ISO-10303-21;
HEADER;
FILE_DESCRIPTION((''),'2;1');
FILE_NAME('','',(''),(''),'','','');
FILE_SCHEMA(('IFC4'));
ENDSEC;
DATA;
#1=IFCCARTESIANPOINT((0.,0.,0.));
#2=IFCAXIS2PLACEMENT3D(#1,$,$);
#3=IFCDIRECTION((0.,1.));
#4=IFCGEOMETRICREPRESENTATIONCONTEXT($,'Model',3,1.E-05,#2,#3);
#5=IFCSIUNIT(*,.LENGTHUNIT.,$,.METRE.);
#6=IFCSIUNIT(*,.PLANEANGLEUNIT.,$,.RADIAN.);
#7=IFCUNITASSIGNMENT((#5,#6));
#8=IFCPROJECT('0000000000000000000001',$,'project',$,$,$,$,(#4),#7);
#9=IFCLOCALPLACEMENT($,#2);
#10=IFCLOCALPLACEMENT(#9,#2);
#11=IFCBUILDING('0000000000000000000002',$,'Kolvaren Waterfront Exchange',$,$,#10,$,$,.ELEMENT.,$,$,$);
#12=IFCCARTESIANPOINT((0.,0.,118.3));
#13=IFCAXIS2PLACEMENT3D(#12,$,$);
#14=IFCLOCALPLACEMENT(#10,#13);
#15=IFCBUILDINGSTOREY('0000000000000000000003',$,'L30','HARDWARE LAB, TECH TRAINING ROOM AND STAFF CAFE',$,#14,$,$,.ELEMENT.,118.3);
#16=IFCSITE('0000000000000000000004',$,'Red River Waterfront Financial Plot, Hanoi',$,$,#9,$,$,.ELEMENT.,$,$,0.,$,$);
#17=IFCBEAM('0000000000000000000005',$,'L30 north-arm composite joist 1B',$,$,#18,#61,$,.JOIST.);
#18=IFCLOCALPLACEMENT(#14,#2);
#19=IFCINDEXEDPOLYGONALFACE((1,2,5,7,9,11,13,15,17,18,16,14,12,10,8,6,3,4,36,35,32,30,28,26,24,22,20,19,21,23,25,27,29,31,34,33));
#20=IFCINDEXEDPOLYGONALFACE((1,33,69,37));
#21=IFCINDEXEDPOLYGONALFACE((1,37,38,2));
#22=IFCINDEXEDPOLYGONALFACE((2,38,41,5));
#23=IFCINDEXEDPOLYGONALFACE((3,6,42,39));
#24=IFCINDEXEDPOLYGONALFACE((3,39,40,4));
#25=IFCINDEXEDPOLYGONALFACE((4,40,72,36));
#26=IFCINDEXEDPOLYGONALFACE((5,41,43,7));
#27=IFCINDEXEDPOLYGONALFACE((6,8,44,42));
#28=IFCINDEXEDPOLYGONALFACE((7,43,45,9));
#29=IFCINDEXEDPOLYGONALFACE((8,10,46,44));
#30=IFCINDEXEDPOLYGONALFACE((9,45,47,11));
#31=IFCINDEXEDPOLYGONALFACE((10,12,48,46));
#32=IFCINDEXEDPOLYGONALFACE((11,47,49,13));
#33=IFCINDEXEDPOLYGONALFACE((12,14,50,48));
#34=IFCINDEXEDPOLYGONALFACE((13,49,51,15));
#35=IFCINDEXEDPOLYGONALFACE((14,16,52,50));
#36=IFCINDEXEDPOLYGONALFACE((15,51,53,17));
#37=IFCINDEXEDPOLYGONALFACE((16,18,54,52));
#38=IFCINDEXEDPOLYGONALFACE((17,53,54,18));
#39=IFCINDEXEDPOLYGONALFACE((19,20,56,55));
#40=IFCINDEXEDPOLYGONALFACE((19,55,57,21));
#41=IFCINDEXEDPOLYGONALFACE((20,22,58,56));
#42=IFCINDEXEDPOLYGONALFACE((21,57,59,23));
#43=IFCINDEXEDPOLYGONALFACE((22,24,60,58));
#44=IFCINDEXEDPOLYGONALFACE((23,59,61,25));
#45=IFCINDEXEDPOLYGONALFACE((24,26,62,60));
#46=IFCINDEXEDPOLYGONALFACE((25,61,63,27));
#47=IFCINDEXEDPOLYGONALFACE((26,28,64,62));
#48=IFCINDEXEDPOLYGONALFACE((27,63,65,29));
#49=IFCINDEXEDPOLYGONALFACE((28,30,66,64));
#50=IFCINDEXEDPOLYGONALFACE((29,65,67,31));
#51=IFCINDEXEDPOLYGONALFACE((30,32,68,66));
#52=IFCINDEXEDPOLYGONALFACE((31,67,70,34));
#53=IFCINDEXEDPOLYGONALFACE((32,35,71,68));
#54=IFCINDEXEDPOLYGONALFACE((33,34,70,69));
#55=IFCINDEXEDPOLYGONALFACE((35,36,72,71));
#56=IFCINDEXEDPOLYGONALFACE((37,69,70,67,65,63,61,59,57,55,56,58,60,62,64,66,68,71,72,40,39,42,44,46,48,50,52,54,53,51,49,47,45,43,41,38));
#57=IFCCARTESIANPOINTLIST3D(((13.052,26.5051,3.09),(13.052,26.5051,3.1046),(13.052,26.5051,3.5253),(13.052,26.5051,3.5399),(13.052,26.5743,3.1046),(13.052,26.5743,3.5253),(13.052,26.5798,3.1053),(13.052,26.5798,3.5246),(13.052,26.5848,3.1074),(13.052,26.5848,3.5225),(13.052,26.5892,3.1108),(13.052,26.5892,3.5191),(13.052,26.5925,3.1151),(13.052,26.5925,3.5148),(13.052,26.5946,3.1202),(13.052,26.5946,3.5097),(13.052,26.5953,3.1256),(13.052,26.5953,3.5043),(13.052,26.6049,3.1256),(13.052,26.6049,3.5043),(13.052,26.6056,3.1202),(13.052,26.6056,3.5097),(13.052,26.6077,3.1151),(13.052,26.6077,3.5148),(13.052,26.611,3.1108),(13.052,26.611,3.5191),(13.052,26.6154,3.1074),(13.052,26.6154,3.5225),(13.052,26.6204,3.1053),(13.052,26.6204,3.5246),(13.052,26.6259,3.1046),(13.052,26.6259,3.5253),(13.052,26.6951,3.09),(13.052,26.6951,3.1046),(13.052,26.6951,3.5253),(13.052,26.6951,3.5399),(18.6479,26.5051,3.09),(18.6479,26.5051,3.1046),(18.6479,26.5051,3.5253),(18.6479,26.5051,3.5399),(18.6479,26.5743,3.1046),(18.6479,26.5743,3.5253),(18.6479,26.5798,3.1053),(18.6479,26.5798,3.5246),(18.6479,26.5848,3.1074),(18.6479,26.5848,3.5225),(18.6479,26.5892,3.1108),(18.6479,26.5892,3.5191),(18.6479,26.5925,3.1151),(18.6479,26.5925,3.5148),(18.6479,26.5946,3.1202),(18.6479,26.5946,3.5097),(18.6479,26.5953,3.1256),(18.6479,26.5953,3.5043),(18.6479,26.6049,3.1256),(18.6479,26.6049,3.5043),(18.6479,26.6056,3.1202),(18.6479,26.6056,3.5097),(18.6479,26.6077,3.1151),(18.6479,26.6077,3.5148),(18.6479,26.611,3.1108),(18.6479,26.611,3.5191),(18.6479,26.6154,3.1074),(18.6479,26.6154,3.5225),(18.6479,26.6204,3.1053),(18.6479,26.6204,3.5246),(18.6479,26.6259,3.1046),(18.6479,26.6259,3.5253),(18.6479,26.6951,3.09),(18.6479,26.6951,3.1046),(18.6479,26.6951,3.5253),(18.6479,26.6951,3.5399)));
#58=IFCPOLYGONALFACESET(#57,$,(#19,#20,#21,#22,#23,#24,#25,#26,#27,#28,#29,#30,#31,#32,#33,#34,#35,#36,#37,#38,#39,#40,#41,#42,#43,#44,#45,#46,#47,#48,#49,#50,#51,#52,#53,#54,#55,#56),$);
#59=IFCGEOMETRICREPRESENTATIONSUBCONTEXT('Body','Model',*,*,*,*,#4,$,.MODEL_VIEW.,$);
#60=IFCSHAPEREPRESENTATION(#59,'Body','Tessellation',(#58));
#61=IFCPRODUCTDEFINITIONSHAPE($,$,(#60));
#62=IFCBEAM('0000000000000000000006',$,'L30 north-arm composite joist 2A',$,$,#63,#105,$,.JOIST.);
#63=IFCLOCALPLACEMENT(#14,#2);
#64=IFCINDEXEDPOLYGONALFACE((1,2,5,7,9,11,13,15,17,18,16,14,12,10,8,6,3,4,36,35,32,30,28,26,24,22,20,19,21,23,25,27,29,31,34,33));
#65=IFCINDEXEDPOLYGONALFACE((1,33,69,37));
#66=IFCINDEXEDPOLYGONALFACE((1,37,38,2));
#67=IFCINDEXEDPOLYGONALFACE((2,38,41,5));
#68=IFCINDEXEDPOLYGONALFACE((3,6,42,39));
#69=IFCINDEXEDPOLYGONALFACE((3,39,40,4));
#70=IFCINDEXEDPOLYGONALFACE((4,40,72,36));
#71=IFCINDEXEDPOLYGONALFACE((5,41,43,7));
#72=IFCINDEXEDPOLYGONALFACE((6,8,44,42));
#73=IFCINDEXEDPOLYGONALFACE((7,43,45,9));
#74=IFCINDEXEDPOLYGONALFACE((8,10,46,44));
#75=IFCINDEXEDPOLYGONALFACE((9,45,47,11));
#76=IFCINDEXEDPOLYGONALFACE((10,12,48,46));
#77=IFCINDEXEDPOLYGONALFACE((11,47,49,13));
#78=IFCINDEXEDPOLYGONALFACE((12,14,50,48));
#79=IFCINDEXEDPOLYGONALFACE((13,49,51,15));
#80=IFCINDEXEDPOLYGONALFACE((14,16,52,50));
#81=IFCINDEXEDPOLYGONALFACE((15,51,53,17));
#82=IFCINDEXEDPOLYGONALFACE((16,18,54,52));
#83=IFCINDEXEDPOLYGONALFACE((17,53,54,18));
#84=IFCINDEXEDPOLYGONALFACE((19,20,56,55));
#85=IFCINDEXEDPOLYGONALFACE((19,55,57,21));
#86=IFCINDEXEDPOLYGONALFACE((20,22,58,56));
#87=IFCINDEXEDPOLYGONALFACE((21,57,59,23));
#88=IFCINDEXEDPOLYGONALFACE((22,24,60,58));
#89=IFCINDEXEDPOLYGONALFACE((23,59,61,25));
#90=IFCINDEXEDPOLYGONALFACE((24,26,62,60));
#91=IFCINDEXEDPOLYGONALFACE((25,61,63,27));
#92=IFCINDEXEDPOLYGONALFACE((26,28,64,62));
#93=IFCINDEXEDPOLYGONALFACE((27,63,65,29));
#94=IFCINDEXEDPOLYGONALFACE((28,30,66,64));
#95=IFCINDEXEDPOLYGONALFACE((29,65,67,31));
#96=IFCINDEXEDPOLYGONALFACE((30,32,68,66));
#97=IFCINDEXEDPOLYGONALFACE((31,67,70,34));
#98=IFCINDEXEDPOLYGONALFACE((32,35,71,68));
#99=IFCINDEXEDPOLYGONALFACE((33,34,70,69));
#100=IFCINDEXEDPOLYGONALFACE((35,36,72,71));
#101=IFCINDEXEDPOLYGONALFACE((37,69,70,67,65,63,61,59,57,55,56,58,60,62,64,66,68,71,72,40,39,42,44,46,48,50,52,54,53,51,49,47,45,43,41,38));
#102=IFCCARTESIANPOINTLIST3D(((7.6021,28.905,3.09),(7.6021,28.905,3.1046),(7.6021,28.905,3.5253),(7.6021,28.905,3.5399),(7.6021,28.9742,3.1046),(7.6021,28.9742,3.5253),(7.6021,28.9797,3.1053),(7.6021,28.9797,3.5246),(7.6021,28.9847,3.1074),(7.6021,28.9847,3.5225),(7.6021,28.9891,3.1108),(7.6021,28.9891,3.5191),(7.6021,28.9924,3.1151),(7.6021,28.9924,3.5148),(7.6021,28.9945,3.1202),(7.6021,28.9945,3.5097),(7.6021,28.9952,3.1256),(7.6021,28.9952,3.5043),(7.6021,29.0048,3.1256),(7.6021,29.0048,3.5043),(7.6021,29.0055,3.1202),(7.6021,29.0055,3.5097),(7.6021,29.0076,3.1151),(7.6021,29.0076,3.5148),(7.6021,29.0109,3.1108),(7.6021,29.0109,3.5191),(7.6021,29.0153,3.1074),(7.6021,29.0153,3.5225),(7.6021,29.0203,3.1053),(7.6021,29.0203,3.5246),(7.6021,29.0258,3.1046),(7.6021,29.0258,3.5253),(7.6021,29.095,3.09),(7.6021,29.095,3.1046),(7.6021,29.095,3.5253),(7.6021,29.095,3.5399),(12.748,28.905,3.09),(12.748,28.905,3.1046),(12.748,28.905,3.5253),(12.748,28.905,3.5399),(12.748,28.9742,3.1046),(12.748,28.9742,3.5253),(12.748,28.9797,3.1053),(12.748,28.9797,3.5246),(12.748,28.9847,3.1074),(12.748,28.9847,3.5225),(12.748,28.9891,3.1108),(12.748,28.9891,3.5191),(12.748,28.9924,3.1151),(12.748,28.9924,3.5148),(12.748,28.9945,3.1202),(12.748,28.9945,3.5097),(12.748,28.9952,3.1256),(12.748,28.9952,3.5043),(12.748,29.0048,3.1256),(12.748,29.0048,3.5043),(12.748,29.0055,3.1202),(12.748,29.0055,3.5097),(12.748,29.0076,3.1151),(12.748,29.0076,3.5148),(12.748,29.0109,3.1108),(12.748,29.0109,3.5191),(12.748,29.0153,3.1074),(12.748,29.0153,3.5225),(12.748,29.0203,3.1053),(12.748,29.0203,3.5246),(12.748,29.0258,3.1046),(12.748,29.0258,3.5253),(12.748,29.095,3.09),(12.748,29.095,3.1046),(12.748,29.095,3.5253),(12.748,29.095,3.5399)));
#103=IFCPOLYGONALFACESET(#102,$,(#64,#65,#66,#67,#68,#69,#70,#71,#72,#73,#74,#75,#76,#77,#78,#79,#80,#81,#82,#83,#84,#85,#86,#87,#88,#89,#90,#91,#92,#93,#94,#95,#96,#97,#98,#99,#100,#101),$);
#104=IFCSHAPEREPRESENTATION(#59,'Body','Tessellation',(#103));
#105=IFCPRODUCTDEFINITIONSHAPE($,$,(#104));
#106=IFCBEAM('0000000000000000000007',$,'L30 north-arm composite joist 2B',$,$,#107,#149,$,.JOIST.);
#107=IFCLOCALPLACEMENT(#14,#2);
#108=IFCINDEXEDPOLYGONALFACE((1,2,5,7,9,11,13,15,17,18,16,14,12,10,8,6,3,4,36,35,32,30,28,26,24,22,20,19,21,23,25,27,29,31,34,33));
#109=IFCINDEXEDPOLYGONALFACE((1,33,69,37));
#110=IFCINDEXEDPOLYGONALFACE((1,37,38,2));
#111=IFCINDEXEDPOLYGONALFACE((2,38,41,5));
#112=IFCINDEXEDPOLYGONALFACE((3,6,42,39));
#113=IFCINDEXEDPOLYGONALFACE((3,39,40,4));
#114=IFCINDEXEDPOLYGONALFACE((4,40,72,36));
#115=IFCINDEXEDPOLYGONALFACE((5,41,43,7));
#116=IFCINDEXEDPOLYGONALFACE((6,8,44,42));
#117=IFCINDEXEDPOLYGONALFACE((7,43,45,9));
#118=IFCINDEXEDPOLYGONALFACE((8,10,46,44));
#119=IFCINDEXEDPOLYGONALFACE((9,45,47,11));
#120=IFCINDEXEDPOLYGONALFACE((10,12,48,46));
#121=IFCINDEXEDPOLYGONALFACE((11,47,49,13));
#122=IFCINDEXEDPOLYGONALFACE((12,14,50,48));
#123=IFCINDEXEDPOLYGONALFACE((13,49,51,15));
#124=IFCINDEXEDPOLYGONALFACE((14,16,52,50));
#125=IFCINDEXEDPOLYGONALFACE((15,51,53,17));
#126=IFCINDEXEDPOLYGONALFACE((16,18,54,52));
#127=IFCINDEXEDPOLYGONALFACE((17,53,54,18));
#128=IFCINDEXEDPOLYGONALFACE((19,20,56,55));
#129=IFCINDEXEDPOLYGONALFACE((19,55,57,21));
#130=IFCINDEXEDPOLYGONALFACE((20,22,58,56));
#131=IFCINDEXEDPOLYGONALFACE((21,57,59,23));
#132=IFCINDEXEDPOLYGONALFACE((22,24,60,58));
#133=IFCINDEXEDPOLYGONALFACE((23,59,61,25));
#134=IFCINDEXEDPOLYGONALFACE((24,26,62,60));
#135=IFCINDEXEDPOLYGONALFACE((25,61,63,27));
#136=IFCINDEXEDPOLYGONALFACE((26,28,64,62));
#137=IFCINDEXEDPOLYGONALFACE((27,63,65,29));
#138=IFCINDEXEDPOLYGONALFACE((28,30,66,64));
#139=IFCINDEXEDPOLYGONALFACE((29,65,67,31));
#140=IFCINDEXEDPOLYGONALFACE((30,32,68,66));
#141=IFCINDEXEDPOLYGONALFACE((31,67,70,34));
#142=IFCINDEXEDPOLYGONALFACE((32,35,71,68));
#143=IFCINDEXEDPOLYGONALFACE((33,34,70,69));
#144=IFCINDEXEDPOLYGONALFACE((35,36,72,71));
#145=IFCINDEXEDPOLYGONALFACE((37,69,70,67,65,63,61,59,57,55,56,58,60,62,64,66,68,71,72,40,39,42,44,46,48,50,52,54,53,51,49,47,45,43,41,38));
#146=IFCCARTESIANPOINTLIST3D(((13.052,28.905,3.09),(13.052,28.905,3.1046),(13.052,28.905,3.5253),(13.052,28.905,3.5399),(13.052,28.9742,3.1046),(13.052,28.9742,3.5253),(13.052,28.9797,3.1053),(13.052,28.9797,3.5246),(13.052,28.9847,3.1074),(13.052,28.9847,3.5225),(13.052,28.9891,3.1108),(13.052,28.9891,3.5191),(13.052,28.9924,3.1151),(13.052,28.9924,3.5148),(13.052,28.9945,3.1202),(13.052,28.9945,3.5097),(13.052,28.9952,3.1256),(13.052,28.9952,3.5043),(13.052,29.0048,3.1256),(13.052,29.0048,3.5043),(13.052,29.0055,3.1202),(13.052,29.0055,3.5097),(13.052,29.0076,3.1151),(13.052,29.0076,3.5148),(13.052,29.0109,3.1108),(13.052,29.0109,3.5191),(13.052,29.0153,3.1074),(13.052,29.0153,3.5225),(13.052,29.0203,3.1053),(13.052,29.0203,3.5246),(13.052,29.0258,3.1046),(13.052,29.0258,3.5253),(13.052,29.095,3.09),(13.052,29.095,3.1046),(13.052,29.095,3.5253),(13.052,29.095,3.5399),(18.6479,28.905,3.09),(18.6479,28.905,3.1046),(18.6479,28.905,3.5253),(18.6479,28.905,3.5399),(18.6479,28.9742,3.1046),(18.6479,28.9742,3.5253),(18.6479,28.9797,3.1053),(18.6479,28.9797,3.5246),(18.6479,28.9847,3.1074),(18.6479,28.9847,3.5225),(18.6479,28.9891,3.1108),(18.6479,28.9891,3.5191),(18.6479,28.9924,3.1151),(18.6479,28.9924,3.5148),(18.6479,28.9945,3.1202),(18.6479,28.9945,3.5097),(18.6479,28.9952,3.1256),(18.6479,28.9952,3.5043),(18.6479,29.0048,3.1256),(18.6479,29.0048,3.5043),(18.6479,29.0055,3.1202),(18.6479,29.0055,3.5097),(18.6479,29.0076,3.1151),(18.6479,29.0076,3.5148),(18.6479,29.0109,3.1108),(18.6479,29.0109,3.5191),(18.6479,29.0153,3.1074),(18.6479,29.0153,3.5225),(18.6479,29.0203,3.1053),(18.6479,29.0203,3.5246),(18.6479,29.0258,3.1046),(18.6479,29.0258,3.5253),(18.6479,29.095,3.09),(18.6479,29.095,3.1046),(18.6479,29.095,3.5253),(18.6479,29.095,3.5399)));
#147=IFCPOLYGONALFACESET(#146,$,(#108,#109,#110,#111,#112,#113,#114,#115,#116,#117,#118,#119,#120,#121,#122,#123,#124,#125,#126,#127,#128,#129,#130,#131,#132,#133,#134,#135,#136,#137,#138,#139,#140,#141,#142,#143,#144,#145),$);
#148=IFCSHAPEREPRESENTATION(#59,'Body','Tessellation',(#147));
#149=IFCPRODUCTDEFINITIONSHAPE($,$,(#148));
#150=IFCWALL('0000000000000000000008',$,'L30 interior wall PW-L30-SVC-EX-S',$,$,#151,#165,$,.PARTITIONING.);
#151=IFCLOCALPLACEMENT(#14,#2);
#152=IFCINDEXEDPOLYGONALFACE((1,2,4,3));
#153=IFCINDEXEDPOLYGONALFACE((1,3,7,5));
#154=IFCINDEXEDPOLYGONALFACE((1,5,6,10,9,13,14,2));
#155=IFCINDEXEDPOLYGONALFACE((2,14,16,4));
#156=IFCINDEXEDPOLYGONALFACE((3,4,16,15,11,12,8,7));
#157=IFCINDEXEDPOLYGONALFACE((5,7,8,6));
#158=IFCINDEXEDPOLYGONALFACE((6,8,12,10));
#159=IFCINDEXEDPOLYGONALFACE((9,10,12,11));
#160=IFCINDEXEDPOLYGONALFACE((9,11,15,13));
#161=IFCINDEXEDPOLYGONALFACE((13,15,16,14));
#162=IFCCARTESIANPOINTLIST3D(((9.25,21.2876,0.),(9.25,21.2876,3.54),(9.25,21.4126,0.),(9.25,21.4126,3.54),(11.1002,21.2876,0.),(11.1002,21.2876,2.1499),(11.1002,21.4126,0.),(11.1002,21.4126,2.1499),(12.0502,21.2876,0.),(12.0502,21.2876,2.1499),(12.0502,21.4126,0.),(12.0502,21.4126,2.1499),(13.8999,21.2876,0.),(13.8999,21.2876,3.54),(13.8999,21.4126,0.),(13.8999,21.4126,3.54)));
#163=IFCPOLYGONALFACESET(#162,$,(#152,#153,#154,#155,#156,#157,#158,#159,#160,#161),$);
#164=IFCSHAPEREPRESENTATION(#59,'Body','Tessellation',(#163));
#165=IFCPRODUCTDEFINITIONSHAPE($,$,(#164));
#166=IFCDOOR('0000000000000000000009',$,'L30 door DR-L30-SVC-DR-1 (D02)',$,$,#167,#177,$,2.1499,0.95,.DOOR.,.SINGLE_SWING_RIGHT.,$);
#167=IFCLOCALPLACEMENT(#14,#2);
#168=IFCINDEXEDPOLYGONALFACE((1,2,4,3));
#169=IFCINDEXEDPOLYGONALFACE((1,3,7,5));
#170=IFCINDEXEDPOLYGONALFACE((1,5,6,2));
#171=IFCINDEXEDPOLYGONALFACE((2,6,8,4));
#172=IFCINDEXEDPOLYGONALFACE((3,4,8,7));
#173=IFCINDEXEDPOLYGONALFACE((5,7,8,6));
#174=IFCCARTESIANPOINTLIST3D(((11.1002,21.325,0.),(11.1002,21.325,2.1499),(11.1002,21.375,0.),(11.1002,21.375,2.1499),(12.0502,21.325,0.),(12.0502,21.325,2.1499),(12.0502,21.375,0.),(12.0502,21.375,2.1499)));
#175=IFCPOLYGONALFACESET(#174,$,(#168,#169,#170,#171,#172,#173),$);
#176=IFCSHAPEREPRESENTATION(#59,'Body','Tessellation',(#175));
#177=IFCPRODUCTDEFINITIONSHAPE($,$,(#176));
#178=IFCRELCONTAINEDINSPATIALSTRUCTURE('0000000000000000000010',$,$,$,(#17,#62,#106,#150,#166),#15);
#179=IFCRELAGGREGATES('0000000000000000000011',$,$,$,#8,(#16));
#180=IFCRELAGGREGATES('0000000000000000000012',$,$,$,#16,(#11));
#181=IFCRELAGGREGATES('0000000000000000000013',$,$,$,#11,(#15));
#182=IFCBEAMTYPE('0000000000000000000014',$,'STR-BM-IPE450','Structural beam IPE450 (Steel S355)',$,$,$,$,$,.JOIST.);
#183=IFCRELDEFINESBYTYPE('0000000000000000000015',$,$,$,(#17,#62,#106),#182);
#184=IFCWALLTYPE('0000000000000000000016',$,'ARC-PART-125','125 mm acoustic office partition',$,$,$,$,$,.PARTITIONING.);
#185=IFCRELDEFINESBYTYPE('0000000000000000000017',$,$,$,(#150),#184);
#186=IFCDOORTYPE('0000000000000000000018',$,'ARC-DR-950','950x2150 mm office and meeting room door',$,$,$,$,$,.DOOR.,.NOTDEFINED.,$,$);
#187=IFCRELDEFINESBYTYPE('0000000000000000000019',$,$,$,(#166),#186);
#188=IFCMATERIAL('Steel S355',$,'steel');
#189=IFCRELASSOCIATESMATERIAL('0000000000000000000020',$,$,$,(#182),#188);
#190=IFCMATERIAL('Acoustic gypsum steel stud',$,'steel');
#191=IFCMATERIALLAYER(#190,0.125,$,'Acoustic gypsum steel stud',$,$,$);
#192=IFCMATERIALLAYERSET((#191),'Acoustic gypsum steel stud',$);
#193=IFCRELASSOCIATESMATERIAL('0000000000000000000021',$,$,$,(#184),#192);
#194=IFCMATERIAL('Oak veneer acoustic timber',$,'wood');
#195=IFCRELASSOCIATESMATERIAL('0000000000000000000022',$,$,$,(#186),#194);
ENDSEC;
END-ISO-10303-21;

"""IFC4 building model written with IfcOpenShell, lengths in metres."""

from ifc_helpers import new_model, si_unit, direction, frame, frame_2d, origin, origin_2d, place, context, subcontext, project, spatial, rectangle, i_section, extrude, material, layer, layer_set, material_profile, profile_set, type_object, element, fill, save


model = new_model("IFC4")

# Units and contexts
model_context = context("Model", 3, precision=1e-05, world=origin(), true_north=direction((0.0, 1.0)))
body_context = subcontext(model_context, "Body", "Model", "MODEL_VIEW")
ifc_project = project(units=[si_unit("LENGTHUNIT", "METRE"), si_unit("PLANEANGLEUNIT", "RADIAN")], contexts=[model_context])

# Site, building, storey
site_placement = place(None, origin())
site = spatial("IfcSite", under=ifc_project, at=site_placement, Name="Red River Waterfront Financial Plot, Hanoi", CompositionType="ELEMENT", RefElevation=0.0)
building_placement = place(site_placement, origin())
building = spatial("IfcBuilding", under=site, at=building_placement, Name="Kolvaren Waterfront Exchange", CompositionType="ELEMENT")
storey_placement = place(building_placement, frame((0.0, 0.0, 118.3)))
storey = spatial("IfcBuildingStorey", under=building, at=storey_placement, Name="L30", Description="HARDWARE LAB, TECH TRAINING ROOM AND STAFF CAFE", CompositionType="ELEMENT", Elevation=118.3)

# Beams
ifc_material_1 = material(Name="Steel S355", Category="steel")
ifc_material_profile_1 = material_profile(ifc_material_1, i_section(OverallWidth=0.1899, OverallDepth=0.45, WebThickness=0.0095, FlangeThickness=0.0146, FilletRadius=0.021, at=origin_2d()), Name="IPE450")
ifc_profile_set_1 = profile_set([ifc_material_profile_1], Name="Steel S355")
beam_type_1 = type_object("IfcBeamType", Name="STR-BM-IPE450", Description="Structural beam IPE450 (Steel S355)", PredefinedType="JOIST", material=ifc_profile_set_1)
beam_1_placement = place(storey_placement, frame((13.052, 26.6001, 3.3149), z_axis=(1.0, 0.0, 0.0), x_axis=(0.0, 1.0, 0.0)))
element("IfcBeam", 1, at=beam_1_placement, inside=storey, type_object=beam_type_1, Name="L30 north-arm composite joist 1B", PredefinedType="JOIST", context=body_context, shape_type="SweptSolid", body=[
    extrude(i_section(OverallWidth=0.1899, OverallDepth=0.45, WebThickness=0.0095, FlangeThickness=0.0146, FilletRadius=0.021, at=origin_2d()), origin(), (0.0, 0.0, 1.0), 5.5959),
])
beam_2_placement = place(storey_placement, frame((7.6021, 29.0, 3.3149), z_axis=(1.0, 0.0, 0.0), x_axis=(0.0, 1.0, 0.0)))
element("IfcBeam", 2, at=beam_2_placement, inside=storey, type_object=beam_type_1, Name="L30 north-arm composite joist 2A", PredefinedType="JOIST", context=body_context, shape_type="SweptSolid", body=[
    extrude(i_section(OverallWidth=0.1899, OverallDepth=0.45, WebThickness=0.0095, FlangeThickness=0.0146, FilletRadius=0.021, at=origin_2d()), origin(), (0.0, 0.0, 1.0), 5.146),
])
beam_3_placement = place(storey_placement, frame((13.052, 29.0, 3.3149), z_axis=(1.0, 0.0, 0.0), x_axis=(0.0, 1.0, 0.0)))
element("IfcBeam", 3, at=beam_3_placement, inside=storey, type_object=beam_type_1, Name="L30 north-arm composite joist 2B", PredefinedType="JOIST", context=body_context, shape_type="SweptSolid", body=[
    extrude(i_section(OverallWidth=0.1899, OverallDepth=0.45, WebThickness=0.0095, FlangeThickness=0.0146, FilletRadius=0.021, at=origin_2d()), origin(), (0.0, 0.0, 1.0), 5.5959),
])

# Wall, opening, door
ifc_material_2 = material(Name="Acoustic gypsum steel stud", Category="steel")
ifc_layer_1 = layer(ifc_material_2, 0.125, Name="Acoustic gypsum steel stud")
ifc_layer_set_1 = layer_set([ifc_layer_1], Name="Acoustic gypsum steel stud")
wall_type_1 = type_object("IfcWallType", Name="ARC-PART-125", Description="125 mm acoustic office partition", PredefinedType="PARTITIONING", material=ifc_layer_set_1)
wall_1_placement = place(storey_placement, frame((9.25, 21.3501, 0.0), z_axis=(0.0, 0.0, 1.0), x_axis=(1.0, 0.0, 0.0)))
wall_1 = element("IfcWall", 4, at=wall_1_placement, inside=storey, type_object=wall_type_1, Name="L30 interior wall PW-L30-SVC-EX-S", PredefinedType="PARTITIONING", context=body_context, shape_type="SweptSolid", body=[
    extrude(rectangle(XDim=4.6499, YDim=0.125, at=frame_2d((2.325, 0.0))), origin(), (0.0, 0.0, 1.0), 3.54),
])
opening_1_placement = place(wall_1_placement, frame((1.8501, 0.0, 0.0)))
opening_1 = element("IfcOpeningElement", 5, at=opening_1_placement, cuts=wall_1, PredefinedType="OPENING", context=body_context, shape_type="SweptSolid", body=[
    extrude(rectangle(XDim=0.95, YDim=2.1499, at=frame_2d((0.4751, 1.075))), frame((0.0, 0.0725, 0.0), z_axis=(0.0, -1.0, 0.0), x_axis=(1.0, 0.0, 0.0)), (0.0, 0.0, 1.0), 0.145),
])
ifc_material_3 = material(Name="Oak veneer acoustic timber", Category="wood")
door_type_1 = type_object("IfcDoorType", Name="ARC-DR-950", Description="950x2150 mm office and meeting room door", OperationType="NOTDEFINED", PredefinedType="DOOR", material=ifc_material_3)
door_1_placement = place(opening_1_placement, origin())
door_1 = element("IfcDoor", 6, at=door_1_placement, inside=storey, type_object=door_type_1, Name="L30 door DR-L30-SVC-DR-1 (D02)", OperationType="SINGLE_SWING_RIGHT", OverallHeight=2.1499, OverallWidth=0.95, PredefinedType="DOOR", context=body_context, shape_type="SweptSolid", body=[
    extrude(rectangle(XDim=0.95, YDim=2.1499, at=frame_2d((0.4751, 1.075))), frame((0.0, 0.0249, 0.0), z_axis=(0.0, -1.0, 0.0), x_axis=(1.0, 0.0, 0.0)), (0.0, 0.0, 1.0), 0.05),
])
fill(opening_1, door_1)

save(model, "model.ifc")
